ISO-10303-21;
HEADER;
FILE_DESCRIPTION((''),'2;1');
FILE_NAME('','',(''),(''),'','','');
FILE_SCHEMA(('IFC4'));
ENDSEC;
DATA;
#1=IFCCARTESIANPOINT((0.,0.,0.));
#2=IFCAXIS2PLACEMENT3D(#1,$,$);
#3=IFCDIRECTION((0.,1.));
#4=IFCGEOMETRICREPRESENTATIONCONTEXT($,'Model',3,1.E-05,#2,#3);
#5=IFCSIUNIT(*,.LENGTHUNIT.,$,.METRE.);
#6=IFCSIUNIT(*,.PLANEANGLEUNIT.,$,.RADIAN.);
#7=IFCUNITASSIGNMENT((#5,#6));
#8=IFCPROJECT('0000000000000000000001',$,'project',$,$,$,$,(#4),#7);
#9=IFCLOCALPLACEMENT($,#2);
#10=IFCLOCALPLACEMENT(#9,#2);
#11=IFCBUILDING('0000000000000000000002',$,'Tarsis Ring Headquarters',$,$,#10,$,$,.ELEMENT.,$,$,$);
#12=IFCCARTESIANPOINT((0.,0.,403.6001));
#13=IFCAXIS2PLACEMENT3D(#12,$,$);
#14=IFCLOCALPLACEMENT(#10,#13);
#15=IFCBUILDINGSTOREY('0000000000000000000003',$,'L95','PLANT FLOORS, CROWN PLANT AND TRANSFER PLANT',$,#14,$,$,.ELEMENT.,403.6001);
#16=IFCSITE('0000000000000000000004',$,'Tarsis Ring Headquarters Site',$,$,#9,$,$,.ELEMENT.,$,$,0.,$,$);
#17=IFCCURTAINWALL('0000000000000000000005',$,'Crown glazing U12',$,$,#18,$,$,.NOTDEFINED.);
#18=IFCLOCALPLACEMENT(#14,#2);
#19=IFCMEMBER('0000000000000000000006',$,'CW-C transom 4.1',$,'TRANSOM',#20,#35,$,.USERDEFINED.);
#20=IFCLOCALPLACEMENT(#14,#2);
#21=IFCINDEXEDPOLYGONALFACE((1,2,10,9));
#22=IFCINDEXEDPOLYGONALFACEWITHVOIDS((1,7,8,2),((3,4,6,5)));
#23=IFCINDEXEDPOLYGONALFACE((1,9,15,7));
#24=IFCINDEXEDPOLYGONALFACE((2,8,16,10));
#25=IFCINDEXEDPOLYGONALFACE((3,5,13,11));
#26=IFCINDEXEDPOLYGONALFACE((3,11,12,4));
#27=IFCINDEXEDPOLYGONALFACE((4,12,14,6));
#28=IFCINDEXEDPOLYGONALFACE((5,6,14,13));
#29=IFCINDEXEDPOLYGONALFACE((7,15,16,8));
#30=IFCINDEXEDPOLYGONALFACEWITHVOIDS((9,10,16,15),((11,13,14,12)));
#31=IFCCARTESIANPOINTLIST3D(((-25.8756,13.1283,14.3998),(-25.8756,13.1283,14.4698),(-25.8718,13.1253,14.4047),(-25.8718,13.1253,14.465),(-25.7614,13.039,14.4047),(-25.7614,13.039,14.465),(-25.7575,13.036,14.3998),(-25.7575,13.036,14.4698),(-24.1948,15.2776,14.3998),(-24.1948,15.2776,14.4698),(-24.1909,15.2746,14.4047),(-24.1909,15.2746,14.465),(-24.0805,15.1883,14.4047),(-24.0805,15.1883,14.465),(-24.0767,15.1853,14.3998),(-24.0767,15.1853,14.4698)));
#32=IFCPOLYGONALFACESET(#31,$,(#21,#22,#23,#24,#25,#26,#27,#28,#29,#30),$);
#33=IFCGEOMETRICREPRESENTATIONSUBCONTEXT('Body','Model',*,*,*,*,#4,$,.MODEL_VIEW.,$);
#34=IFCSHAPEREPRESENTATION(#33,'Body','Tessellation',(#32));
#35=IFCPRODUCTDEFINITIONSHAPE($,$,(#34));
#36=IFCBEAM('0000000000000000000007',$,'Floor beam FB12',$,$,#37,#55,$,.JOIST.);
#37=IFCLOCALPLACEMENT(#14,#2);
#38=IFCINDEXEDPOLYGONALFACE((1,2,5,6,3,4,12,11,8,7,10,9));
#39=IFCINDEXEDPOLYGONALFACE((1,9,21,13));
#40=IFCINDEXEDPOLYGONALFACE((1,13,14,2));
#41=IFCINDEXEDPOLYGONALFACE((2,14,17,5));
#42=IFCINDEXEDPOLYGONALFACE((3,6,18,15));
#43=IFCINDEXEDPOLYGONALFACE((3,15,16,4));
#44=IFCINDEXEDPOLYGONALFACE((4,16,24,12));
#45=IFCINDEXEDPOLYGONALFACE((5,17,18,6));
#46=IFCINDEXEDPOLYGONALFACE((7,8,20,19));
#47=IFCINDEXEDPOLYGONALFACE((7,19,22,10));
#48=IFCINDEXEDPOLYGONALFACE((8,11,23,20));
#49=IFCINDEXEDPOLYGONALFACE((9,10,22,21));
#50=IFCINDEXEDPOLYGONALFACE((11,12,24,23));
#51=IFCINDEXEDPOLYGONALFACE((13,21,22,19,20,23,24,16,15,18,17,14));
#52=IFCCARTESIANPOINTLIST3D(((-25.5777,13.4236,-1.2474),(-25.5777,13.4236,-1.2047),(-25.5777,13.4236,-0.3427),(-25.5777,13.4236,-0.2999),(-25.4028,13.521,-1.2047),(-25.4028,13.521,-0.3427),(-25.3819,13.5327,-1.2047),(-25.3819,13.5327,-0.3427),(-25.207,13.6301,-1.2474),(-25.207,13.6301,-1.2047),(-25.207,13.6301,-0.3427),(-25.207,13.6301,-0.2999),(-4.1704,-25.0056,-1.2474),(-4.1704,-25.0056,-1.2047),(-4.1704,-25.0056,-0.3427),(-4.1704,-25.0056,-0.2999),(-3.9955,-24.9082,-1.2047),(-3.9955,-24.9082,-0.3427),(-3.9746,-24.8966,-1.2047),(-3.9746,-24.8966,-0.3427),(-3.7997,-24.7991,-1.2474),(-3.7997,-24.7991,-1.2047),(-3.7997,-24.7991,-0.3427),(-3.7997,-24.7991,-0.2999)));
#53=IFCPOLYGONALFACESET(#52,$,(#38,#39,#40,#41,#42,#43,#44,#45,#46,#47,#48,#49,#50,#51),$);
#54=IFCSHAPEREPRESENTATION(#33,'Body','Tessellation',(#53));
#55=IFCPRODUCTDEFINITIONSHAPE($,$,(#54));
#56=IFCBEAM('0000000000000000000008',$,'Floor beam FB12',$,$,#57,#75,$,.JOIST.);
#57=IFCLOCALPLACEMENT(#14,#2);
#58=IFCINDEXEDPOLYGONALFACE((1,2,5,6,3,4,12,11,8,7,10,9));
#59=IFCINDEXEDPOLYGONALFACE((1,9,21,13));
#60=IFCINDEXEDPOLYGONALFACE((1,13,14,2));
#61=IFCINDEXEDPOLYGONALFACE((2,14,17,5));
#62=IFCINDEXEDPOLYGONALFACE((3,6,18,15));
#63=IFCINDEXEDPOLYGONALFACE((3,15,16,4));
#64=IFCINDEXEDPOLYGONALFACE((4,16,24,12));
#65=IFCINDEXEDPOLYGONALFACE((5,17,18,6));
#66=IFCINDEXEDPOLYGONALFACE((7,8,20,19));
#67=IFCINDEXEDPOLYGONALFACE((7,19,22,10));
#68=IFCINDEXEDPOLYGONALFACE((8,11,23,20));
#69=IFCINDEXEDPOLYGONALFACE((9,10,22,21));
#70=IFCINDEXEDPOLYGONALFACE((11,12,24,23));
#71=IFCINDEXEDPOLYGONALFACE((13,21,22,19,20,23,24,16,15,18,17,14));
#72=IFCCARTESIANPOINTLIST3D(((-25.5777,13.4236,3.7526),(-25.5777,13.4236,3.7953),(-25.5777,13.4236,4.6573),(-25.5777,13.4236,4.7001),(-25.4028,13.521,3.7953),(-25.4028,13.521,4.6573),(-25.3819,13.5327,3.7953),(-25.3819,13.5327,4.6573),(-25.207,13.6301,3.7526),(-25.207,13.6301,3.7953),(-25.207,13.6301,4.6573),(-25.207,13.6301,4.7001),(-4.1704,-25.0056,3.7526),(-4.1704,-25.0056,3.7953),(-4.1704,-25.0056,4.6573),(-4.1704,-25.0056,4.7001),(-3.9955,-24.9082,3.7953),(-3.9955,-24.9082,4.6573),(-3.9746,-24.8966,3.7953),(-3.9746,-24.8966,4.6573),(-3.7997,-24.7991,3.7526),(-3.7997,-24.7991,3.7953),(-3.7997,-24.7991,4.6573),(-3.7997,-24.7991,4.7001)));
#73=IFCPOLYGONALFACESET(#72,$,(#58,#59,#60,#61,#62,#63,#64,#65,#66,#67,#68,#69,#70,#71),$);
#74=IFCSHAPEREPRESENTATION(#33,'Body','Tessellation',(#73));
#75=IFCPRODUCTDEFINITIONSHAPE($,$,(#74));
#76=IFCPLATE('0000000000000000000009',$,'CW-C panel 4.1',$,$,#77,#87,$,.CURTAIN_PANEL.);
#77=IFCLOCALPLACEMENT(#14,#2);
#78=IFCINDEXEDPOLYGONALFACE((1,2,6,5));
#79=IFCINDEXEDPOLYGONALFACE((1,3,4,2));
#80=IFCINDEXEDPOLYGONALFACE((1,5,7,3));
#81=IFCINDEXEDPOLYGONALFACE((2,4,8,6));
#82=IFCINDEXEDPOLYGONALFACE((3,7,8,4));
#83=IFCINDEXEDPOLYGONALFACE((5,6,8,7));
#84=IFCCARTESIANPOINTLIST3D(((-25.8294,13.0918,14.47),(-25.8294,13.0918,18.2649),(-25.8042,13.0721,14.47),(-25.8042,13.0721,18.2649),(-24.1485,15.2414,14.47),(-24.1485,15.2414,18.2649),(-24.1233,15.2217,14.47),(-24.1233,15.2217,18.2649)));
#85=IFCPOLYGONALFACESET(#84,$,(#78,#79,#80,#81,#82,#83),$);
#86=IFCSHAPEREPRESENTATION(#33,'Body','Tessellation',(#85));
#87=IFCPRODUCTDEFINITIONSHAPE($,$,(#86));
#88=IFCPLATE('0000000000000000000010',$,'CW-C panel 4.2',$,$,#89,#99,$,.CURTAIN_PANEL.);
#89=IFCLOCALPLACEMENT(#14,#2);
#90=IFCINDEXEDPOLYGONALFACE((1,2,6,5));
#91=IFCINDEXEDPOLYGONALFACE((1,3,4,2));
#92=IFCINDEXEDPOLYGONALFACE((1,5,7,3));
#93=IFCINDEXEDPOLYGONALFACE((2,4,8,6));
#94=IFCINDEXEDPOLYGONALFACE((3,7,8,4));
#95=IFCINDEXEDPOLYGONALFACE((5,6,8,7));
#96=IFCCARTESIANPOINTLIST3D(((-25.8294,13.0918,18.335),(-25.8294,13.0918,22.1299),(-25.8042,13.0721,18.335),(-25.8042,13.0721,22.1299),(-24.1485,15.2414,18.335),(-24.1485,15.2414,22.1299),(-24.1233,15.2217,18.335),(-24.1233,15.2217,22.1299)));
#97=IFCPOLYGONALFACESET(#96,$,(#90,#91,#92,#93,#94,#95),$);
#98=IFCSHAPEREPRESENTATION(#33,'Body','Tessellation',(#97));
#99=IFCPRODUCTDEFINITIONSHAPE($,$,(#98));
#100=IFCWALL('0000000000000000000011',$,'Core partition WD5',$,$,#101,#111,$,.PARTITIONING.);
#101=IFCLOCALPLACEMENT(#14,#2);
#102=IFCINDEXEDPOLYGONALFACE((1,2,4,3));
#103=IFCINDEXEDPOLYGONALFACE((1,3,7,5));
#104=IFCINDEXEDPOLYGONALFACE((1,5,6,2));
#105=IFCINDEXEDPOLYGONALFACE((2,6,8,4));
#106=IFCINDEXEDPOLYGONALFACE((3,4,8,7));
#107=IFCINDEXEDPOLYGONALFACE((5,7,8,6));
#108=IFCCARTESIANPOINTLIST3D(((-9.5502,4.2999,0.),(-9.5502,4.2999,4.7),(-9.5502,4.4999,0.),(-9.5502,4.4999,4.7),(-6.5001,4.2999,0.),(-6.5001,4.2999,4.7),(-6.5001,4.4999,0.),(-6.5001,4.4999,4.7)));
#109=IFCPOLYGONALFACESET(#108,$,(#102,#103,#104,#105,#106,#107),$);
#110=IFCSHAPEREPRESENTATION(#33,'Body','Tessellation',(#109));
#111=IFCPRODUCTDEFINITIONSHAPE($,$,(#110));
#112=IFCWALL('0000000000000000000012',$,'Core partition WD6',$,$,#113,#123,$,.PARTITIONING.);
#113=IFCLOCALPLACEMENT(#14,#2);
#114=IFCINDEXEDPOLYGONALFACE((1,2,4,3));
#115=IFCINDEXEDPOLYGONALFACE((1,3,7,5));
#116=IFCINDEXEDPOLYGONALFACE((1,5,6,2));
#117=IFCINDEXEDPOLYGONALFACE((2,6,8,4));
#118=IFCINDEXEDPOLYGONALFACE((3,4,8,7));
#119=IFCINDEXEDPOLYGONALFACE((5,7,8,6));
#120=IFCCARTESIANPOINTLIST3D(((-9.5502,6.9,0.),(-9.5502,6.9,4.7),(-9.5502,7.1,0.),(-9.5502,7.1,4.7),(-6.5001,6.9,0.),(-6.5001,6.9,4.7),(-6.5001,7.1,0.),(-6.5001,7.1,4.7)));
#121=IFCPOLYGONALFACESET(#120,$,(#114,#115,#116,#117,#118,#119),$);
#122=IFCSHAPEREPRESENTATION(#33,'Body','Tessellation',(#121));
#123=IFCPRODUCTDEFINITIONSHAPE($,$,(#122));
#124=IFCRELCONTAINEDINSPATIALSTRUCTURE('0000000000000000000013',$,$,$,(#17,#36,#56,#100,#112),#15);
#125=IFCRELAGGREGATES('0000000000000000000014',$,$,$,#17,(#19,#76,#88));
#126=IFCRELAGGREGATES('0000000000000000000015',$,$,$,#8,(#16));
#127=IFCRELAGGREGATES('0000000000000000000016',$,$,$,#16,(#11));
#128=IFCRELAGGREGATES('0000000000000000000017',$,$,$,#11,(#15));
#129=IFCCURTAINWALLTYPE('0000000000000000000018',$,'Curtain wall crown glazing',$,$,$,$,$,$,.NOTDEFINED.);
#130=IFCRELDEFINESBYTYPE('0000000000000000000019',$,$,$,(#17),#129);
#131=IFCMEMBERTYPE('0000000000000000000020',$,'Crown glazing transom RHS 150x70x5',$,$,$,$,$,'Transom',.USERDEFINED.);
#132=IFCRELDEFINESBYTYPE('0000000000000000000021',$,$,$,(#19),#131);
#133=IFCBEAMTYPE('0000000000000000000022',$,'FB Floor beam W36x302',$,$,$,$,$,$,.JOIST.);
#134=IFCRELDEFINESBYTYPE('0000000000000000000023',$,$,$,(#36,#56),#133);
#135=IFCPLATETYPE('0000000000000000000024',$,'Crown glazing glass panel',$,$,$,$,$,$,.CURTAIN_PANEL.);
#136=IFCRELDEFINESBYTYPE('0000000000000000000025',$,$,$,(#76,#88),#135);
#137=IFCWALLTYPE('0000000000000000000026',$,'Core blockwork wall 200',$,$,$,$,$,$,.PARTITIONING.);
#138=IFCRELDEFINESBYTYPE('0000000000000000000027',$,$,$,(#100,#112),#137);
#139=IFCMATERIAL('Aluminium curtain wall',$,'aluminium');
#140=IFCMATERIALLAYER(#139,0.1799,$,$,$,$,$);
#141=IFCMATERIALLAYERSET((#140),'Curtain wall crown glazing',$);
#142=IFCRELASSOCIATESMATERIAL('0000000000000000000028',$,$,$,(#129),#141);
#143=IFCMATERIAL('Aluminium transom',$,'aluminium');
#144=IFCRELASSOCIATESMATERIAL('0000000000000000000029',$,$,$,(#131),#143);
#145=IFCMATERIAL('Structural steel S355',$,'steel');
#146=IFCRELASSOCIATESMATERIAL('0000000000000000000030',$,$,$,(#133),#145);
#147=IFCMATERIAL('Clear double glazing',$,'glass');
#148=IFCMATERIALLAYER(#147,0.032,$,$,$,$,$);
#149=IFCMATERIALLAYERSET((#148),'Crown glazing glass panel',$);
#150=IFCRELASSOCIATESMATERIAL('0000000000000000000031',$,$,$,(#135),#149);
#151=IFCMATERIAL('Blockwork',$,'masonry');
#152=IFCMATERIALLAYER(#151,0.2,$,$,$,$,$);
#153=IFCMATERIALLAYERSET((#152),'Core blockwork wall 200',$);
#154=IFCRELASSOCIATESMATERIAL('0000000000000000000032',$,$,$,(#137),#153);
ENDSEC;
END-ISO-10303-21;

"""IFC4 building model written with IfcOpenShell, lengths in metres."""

from ifc_helpers import new_model, si_unit, direction, frame, frame_2d, origin, origin_2d, place, context, subcontext, project, spatial, rectangle, hollow_rectangle, i_section, extrude, material, layer, layer_set, material_profile, profile_set, type_object, element, aggregate, save


model = new_model("IFC4")

# Units and contexts
model_context = context("Model", 3, precision=1e-05, world=origin(), true_north=direction((0.0, 1.0)))
body_context = subcontext(model_context, "Body", "Model", "MODEL_VIEW")
ifc_project = project(units=[si_unit("LENGTHUNIT", "METRE"), si_unit("PLANEANGLEUNIT", "RADIAN")], contexts=[model_context])

# Site, building, storey
site_placement = place(None, origin())
site = spatial("IfcSite", under=ifc_project, at=site_placement, Name="Tarsis Ring Headquarters Site", CompositionType="ELEMENT", RefElevation=0.0)
building_placement = place(site_placement, origin())
building = spatial("IfcBuilding", under=site, at=building_placement, Name="Tarsis Ring Headquarters", CompositionType="ELEMENT")
storey_placement = place(building_placement, frame((0.0, 0.0, 403.6001)))
storey = spatial("IfcBuildingStorey", under=building, at=storey_placement, Name="L95", Description="PLANT FLOORS, CROWN PLANT AND TRANSFER PLANT", CompositionType="ELEMENT", Elevation=403.6001)

# Curtain wall, member
ifc_material_1 = material(Name="Aluminium curtain wall", Category="aluminium")
ifc_layer_1 = layer(ifc_material_1, 0.1799)
ifc_layer_set_1 = layer_set([ifc_layer_1], Name="Curtain wall crown glazing")
curtain_wall_type = type_object("IfcCurtainWallType", Name="Curtain wall crown glazing", PredefinedType="NOTDEFINED", material=ifc_layer_set_1)
curtain_wall_placement = place(storey_placement, origin())
curtain_wall = element("IfcCurtainWall", 1, at=curtain_wall_placement, inside=storey, type_object=curtain_wall_type, Name="Crown glazing U12", PredefinedType="NOTDEFINED")
ifc_material_2 = material(Name="Aluminium transom", Category="aluminium")
ifc_material_profile_1 = material_profile(ifc_material_2, hollow_rectangle(XDim=0.1499, YDim=0.0701, WallThickness=0.0049, at=origin_2d()), Name="RHS 150x70x5")
ifc_profile_set_1 = profile_set([ifc_material_profile_1], Name="Aluminium transom")
member_type = type_object("IfcMemberType", Name="Crown glazing transom RHS 150x70x5", ElementType="Transom", PredefinedType="USERDEFINED", material=ifc_profile_set_1)
member_placement = place(storey_placement, frame((-24.1357, 15.2314, 14.4348), z_axis=(-0.616026, -0.787726, 0.0), x_axis=(0.787726, -0.616026, 0.0)))
member = element("IfcMember", 2, at=member_placement, type_object=member_type, Name="CW-C transom 4.1", ObjectType="TRANSOM", PredefinedType="USERDEFINED", context=body_context, shape_type="SweptSolid", body=[
    extrude(hollow_rectangle(XDim=0.1499, YDim=0.0701, WallThickness=0.0049, at=origin_2d()), origin(), (0.0, 0.0, 1.0), 2.7285),
])

# Beams
ifc_material_3 = material(Name="Structural steel S355", Category="steel")
ifc_material_profile_2 = material_profile(ifc_material_3, i_section(OverallWidth=0.4243, OverallDepth=0.9475, WebThickness=0.0239, FlangeThickness=0.0427, at=origin_2d()), Name="W36x302")
ifc_profile_set_2 = profile_set([ifc_material_profile_2], Name="Structural steel S355")
beam_type = type_object("IfcBeamType", Name="FB Floor beam W36x302", PredefinedType="JOIST", material=ifc_profile_set_2)
for number, where, z_axis, x_axis, name in (
    (3, (-25.3923, 13.5269, -0.7737), (0.486644, -0.8736, 0.0), (0.8736, 0.486644, 0.0), "Floor beam FB12"),
    (4, (-25.3923, 13.5269, 4.2263), (0.486644, -0.8736, 0.0), (0.8736, 0.486644, 0.0), "Floor beam FB12"),
):
    element("IfcBeam", number, at=place(storey_placement, frame(where, z_axis=z_axis, x_axis=x_axis)), inside=storey, type_object=beam_type, Name=name, PredefinedType="JOIST", context=body_context, shape_type="SweptSolid", body=[
        extrude(i_section(OverallWidth=0.4243, OverallDepth=0.9475, WebThickness=0.0239, FlangeThickness=0.0427, at=origin_2d()), origin(), (0.0, 0.0, 1.0), 43.9895),
    ])

# Plates
ifc_material_4 = material(Name="Clear double glazing", Category="glass")
ifc_layer_2 = layer(ifc_material_4, 0.032)
ifc_layer_set_2 = layer_set([ifc_layer_2], Name="Crown glazing glass panel")
plate_type = type_object("IfcPlateType", Name="Crown glazing glass panel", PredefinedType="CURTAIN_PANEL", material=ifc_layer_set_2)
plate_1_placement = place(storey_placement, frame((-24.9763, 14.1567, 14.47), z_axis=(0.0, 0.0, 1.0), x_axis=(-0.615988, -0.787755, 0.0)))
plate_1 = element("IfcPlate", 5, at=plate_1_placement, type_object=plate_type, Name="CW-C panel 4.1", PredefinedType="CURTAIN_PANEL", context=body_context, shape_type="SweptSolid", body=[
    extrude(rectangle(XDim=2.7288, YDim=0.032, at=origin_2d()), origin(), (0.0, 0.0, 1.0), 3.7949),
])
plate_2_placement = place(storey_placement, frame((-24.9763, 14.1567, 18.335), z_axis=(0.0, 0.0, 1.0), x_axis=(-0.615988, -0.787755, 0.0)))
plate_2 = element("IfcPlate", 6, at=plate_2_placement, type_object=plate_type, Name="CW-C panel 4.2", PredefinedType="CURTAIN_PANEL", context=body_context, shape_type="SweptSolid", body=[
    extrude(rectangle(XDim=2.7288, YDim=0.032, at=origin_2d()), origin(), (0.0, 0.0, 1.0), 3.7949),
])
aggregate(curtain_wall, [member, plate_1, plate_2])

# Walls
ifc_material_5 = material(Name="Blockwork", Category="masonry")
ifc_layer_3 = layer(ifc_material_5, 0.2)
ifc_layer_set_3 = layer_set([ifc_layer_3], Name="Core blockwork wall 200")
wall_type_1 = type_object("IfcWallType", Name="Core blockwork wall 200", PredefinedType="PARTITIONING", material=ifc_layer_set_3)
for number, where, z_axis, x_axis, name in (
    (7, (-9.55, 4.3999, 0.0), (0.0, 0.0, 1.0), (1.0, 0.0, 0.0), "Core partition WD5"),
    (8, (-9.55, 7.0, 0.0), (0.0, 0.0, 1.0), (1.0, 0.0, 0.0), "Core partition WD6"),
):
    element("IfcWall", number, at=place(storey_placement, frame(where, z_axis=z_axis, x_axis=x_axis)), inside=storey, type_object=wall_type_1, Name=name, PredefinedType="PARTITIONING", context=body_context, shape_type="SweptSolid", body=[
        extrude(rectangle(XDim=3.05, YDim=0.2, at=frame_2d((1.5249, 0.0))), origin(), (0.0, 0.0, 1.0), 4.7),
    ])

save(model, "model.ifc")
